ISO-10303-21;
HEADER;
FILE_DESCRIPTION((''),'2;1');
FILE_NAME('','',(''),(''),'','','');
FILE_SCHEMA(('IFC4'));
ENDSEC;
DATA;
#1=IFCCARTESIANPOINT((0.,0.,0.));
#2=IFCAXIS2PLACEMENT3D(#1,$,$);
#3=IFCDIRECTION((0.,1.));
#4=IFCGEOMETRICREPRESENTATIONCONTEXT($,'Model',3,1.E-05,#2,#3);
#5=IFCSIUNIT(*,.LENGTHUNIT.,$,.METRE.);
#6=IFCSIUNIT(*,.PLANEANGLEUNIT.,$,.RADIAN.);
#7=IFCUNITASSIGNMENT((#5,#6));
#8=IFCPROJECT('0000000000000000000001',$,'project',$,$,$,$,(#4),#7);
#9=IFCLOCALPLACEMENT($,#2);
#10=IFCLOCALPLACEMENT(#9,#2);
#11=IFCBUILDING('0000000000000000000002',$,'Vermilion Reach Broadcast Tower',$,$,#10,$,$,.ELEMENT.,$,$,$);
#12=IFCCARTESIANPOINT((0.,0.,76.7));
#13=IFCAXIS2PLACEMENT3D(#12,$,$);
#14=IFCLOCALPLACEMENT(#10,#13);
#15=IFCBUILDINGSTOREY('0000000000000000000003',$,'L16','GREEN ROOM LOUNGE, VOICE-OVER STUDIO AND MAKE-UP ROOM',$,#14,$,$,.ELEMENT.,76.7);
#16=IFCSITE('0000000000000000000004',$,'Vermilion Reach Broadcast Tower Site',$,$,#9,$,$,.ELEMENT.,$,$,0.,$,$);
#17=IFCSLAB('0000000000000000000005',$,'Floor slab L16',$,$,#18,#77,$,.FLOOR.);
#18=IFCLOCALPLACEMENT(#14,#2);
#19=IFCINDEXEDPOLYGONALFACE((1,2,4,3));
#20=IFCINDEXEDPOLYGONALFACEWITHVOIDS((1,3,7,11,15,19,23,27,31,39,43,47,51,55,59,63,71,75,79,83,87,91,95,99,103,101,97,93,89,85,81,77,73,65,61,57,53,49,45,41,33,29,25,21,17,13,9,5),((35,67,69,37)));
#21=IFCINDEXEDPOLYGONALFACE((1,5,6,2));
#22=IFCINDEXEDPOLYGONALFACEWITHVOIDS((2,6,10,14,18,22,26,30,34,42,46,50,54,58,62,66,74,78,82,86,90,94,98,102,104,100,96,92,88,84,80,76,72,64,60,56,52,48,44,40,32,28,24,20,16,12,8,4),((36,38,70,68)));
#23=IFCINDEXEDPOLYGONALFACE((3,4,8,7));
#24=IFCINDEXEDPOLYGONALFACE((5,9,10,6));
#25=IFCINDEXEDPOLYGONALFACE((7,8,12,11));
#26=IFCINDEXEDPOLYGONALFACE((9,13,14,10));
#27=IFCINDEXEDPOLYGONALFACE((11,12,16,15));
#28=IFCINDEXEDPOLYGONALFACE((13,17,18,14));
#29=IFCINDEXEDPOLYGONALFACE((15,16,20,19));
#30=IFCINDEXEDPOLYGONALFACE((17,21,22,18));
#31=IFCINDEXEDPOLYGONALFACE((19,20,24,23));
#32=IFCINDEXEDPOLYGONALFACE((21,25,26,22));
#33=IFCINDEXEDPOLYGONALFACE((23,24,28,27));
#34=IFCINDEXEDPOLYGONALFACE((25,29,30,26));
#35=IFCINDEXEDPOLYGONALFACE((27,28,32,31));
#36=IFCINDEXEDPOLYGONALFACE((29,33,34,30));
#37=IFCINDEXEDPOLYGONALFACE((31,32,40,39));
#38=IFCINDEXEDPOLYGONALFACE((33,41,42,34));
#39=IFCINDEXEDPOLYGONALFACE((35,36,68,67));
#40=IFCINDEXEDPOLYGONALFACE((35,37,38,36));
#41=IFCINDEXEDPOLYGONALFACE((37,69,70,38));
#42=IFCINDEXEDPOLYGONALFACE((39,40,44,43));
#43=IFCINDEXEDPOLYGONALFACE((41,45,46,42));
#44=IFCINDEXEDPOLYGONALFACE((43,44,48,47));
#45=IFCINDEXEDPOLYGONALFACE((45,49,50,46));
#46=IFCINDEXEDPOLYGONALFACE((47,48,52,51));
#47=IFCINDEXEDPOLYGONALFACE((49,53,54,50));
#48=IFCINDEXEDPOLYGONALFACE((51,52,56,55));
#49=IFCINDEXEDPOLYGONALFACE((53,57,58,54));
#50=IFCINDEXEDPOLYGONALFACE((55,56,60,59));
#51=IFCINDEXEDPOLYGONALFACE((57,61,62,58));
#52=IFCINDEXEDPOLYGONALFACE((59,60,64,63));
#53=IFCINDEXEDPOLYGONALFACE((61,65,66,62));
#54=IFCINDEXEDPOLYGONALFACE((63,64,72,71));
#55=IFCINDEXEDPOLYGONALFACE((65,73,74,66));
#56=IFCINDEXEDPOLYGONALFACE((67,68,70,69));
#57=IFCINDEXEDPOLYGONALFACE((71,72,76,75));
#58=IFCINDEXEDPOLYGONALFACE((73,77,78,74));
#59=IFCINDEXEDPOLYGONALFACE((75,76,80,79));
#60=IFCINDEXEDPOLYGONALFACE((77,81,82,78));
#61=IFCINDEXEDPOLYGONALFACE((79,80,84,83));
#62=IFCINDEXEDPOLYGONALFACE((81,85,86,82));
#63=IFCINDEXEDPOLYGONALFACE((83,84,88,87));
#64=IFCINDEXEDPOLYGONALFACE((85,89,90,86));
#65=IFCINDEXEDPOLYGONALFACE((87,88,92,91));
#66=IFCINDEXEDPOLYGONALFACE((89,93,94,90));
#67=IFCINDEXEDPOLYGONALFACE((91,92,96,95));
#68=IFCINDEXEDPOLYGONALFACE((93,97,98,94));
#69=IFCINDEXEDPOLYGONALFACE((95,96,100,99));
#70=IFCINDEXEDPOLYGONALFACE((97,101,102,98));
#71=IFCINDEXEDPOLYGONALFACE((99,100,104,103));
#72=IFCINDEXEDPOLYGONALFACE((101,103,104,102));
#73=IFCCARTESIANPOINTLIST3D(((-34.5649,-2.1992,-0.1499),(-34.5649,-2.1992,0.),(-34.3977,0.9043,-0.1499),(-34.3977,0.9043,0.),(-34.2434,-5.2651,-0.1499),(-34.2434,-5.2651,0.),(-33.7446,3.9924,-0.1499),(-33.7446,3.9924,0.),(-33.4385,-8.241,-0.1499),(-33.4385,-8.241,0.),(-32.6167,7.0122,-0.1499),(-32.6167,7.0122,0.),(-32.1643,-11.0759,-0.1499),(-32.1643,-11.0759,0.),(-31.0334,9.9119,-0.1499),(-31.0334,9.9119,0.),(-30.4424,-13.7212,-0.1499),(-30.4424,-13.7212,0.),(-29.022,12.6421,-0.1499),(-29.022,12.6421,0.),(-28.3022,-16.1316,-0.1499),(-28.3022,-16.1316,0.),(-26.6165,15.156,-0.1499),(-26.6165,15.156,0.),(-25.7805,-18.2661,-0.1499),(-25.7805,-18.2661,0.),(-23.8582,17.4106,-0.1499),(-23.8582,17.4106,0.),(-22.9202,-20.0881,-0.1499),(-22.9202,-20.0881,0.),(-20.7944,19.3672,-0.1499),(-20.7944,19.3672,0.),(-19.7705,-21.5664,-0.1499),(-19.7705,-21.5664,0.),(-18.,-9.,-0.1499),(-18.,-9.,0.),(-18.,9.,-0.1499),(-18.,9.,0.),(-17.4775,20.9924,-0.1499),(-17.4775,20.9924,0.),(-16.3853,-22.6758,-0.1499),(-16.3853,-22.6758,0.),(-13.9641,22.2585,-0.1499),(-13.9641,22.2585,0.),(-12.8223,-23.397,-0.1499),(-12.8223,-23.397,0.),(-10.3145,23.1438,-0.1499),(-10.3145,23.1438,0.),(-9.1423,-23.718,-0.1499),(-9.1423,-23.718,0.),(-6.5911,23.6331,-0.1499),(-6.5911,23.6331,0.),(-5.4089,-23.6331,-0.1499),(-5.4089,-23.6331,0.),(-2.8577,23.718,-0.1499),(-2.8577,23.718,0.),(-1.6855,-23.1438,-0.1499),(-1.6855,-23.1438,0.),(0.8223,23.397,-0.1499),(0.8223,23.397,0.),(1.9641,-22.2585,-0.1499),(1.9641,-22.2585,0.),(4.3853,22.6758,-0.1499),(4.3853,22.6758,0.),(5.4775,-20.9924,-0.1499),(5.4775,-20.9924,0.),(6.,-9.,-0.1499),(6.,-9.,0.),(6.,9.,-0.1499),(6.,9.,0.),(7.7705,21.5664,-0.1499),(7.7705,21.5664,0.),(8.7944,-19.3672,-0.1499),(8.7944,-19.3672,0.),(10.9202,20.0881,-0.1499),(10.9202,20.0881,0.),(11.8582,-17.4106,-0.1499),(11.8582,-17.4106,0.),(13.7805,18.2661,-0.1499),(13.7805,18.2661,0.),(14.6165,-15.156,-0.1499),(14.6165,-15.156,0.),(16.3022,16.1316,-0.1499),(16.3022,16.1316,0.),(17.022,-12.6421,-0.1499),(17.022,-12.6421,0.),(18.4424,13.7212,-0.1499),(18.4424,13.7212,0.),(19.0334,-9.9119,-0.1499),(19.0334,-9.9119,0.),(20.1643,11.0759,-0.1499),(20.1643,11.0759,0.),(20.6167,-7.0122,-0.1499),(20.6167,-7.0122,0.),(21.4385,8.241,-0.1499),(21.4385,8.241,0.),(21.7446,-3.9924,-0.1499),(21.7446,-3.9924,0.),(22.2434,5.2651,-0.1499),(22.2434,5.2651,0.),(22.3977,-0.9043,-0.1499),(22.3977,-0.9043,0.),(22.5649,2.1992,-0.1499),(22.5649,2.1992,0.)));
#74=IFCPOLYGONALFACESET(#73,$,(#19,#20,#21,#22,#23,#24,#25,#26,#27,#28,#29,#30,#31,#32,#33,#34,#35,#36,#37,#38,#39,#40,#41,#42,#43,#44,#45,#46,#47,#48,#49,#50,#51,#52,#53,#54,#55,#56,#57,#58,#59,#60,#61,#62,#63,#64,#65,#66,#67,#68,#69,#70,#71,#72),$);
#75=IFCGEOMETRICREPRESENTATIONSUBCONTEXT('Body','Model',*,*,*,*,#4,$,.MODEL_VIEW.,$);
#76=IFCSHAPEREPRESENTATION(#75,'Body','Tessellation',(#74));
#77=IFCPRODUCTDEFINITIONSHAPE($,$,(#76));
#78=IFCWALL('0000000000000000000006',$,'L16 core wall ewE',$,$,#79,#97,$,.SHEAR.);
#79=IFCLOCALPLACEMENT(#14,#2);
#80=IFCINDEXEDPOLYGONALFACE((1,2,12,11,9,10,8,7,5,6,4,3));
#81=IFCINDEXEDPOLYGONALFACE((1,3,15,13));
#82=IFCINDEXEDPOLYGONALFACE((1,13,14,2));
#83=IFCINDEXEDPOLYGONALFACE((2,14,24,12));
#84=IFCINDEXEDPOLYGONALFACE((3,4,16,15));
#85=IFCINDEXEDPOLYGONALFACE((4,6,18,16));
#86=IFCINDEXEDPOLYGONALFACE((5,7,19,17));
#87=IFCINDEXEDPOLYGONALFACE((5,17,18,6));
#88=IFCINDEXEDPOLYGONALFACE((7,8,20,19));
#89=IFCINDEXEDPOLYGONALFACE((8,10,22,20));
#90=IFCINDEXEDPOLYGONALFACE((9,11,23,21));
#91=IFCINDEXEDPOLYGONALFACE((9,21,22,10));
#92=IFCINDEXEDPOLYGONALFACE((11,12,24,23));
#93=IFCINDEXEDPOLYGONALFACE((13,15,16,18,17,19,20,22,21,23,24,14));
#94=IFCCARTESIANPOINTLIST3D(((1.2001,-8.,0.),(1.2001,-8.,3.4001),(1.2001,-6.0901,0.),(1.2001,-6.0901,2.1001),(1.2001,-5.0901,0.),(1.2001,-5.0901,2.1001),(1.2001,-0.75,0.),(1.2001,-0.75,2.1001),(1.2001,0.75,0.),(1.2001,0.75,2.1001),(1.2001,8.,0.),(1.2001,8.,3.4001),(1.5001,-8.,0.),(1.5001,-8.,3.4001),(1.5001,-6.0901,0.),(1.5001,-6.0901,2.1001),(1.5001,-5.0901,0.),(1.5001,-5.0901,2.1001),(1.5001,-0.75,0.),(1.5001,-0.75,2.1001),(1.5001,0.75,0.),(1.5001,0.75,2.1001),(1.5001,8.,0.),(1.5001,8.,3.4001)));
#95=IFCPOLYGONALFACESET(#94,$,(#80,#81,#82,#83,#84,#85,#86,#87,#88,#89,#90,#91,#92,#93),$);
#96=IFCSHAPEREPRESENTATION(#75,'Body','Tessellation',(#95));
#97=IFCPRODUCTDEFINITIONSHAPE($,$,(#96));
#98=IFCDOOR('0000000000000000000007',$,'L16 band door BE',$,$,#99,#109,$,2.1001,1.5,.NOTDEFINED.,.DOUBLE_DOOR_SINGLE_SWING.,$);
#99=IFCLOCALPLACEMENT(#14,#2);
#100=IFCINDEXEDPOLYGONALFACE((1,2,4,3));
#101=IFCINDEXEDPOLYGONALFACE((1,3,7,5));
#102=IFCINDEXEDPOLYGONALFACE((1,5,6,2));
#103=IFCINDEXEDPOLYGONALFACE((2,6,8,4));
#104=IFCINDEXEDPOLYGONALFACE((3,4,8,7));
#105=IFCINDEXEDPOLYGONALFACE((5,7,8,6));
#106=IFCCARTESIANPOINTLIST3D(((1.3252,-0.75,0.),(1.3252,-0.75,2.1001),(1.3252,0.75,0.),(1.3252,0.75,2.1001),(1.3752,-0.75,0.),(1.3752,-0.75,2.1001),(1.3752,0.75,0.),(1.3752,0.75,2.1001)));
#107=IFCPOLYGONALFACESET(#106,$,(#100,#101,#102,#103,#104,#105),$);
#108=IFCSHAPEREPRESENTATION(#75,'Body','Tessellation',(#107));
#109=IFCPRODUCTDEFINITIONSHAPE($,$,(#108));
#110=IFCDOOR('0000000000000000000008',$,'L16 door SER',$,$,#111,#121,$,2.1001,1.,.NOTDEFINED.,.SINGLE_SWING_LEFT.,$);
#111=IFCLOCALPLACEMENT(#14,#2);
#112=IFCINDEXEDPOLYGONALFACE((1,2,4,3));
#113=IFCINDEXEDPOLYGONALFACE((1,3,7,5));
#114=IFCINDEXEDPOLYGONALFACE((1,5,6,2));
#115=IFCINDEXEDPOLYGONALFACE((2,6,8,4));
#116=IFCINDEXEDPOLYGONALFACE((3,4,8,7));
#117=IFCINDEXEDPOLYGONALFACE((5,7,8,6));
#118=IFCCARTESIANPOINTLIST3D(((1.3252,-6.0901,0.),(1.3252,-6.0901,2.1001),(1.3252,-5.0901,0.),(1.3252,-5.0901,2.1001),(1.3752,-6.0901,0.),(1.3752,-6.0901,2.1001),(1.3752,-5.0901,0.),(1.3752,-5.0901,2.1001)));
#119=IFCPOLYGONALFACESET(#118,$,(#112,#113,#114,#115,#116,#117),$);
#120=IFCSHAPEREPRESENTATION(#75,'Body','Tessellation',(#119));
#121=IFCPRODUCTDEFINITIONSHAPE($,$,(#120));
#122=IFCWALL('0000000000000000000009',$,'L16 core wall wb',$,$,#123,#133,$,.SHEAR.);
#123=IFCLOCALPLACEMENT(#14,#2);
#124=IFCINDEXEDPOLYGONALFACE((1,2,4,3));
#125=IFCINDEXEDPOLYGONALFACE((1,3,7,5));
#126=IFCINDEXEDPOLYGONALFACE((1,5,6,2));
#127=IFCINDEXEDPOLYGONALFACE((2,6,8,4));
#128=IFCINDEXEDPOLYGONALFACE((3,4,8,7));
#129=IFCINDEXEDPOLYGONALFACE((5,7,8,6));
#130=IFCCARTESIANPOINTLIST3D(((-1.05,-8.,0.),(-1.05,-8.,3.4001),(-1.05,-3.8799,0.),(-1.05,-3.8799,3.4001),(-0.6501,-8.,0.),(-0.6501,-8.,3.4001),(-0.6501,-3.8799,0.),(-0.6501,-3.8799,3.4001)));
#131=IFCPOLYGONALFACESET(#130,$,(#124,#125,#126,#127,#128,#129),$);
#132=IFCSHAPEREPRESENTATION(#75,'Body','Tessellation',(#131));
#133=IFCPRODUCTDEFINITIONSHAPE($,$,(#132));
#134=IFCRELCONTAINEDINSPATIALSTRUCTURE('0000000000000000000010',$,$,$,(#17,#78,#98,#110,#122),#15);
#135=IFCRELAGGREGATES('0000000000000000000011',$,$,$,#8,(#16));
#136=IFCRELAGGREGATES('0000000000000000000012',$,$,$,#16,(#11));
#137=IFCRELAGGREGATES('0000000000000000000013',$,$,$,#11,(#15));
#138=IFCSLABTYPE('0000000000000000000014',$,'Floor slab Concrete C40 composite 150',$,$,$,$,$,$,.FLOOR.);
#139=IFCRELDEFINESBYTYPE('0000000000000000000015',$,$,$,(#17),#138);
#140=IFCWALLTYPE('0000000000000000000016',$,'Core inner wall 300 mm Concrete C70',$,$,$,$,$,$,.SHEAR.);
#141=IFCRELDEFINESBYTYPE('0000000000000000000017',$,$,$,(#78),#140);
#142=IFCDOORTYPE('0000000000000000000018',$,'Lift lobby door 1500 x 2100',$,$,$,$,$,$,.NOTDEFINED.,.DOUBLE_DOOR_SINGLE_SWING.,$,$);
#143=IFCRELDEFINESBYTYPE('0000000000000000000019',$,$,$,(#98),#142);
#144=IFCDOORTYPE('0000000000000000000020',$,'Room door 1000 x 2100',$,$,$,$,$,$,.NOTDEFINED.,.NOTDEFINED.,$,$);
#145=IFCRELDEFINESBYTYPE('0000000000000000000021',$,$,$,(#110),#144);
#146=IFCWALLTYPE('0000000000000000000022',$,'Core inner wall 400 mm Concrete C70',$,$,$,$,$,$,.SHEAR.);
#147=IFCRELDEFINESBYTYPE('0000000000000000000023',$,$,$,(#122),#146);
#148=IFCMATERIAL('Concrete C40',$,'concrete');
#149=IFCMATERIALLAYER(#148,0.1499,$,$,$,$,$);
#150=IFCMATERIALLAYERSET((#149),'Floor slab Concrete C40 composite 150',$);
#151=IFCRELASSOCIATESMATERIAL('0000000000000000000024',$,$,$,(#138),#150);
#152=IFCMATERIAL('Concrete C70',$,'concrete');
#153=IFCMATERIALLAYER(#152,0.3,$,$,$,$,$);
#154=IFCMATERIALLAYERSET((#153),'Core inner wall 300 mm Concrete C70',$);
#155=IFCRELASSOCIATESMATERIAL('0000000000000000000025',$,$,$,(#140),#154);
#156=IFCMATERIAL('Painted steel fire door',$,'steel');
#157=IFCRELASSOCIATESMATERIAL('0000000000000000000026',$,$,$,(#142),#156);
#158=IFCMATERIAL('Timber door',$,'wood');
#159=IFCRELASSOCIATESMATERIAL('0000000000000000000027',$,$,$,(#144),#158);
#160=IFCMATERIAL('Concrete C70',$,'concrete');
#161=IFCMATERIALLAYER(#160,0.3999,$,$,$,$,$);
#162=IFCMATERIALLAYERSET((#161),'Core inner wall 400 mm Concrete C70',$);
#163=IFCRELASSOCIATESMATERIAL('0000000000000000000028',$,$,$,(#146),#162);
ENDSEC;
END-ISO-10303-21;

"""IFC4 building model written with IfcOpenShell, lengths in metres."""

from ifc_helpers import new_model, si_unit, direction, frame, frame_2d, origin, place, context, subcontext, project, spatial, polyline, rectangle, outline, extrude, material, layer, layer_set, type_object, element, fill, save


model = new_model("IFC4")

# Units and contexts
model_context = context("Model", 3, precision=1e-05, world=origin(), true_north=direction((0.0, 1.0)))
body_context = subcontext(model_context, "Body", "Model", "MODEL_VIEW")
ifc_project = project(units=[si_unit("LENGTHUNIT", "METRE"), si_unit("PLANEANGLEUNIT", "RADIAN")], contexts=[model_context])

# Site, building, storey
site_placement = place(None, origin())
site = spatial("IfcSite", under=ifc_project, at=site_placement, Name="Vermilion Reach Broadcast Tower Site", CompositionType="ELEMENT", RefElevation=0.0)
building_placement = place(site_placement, origin())
building = spatial("IfcBuilding", under=site, at=building_placement, Name="Vermilion Reach Broadcast Tower", CompositionType="ELEMENT")
storey_placement = place(building_placement, frame((0.0, 0.0, 76.7)))
storey = spatial("IfcBuildingStorey", under=building, at=storey_placement, Name="L16", Description="GREEN ROOM LOUNGE, VOICE-OVER STUDIO AND MAKE-UP ROOM", CompositionType="ELEMENT", Elevation=76.7)

# Slab
ifc_material_1 = material(Name="Concrete C40", Category="concrete")
ifc_layer_1 = layer(ifc_material_1, 0.1499)
ifc_layer_set_1 = layer_set([ifc_layer_1], Name="Floor slab Concrete C40 composite 150")
slab_type_1 = type_object("IfcSlabType", Name="Floor slab Concrete C40 composite 150", PredefinedType="FLOOR", material=ifc_layer_set_1)
slab_1_placement = place(storey_placement, frame((0.0, 0.0, -0.1499)))
element("IfcSlab", 1, at=slab_1_placement, inside=storey, type_object=slab_type_1, Name="Floor slab L16", PredefinedType="FLOOR", context=body_context, shape_type="SweptSolid", body=[
    extrude(outline(polyline([(22.2434, 5.2651), (21.4385, 8.241), (20.1643, 11.0759), (18.4424, 13.7212), (16.3022, 16.1316), (13.7805, 18.2661), (10.9202, 20.0881), (7.7705, 21.5664), (4.3853, 22.6758), (0.8223, 23.397), (-2.8577, 23.718), (-6.5911, 23.6331), (-10.3145, 23.1438), (-13.9641, 22.2585), (-17.4775, 20.9924), (-20.7944, 19.3672), (-23.8582, 17.4106), (-26.6165, 15.156), (-29.022, 12.6421), (-31.0334, 9.9119), (-32.6167, 7.0122), (-33.7446, 3.9924), (-34.3977, 0.9043), (-34.5649, -2.1992), (-34.2434, -5.2651), (-33.4385, -8.241), (-32.1643, -11.0759), (-30.4424, -13.7212), (-28.3022, -16.1316), (-25.7805, -18.2661), (-22.9202, -20.0881), (-19.7705, -21.5664), (-16.3853, -22.6758), (-12.8223, -23.397), (-9.1423, -23.718), (-5.4089, -23.6331), (-1.6855, -23.1438), (1.9641, -22.2585), (5.4775, -20.9924), (8.7944, -19.3672), (11.8582, -17.4106), (14.6165, -15.156), (17.022, -12.6421), (19.0334, -9.9119), (20.6167, -7.0122), (21.7446, -3.9924), (22.3977, -0.9043), (22.5649, 2.1992), (22.2434, 5.2651)]), holes=[polyline([(-18.0, -9.0), (6.0, -9.0), (6.0, 9.0), (-18.0, 9.0), (-18.0, -9.0)])]), origin(), (0.0, 0.0, 1.0), 0.1499),
])

# Wall, openings, doors
ifc_material_2 = material(Name="Concrete C70", Category="concrete")
ifc_layer_2 = layer(ifc_material_2, 0.3)
ifc_layer_set_2 = layer_set([ifc_layer_2], Name="Core inner wall 300 mm Concrete C70")
wall_type_1 = type_object("IfcWallType", Name="Core inner wall 300 mm Concrete C70", PredefinedType="SHEAR", material=ifc_layer_set_2)
wall_1_placement = place(storey_placement, frame((1.3501, -8.0, 0.0), z_axis=(0.0, 0.0, 1.0), x_axis=(0.0, 1.0, 0.0)))
wall_1 = element("IfcWall", 2, at=wall_1_placement, inside=storey, type_object=wall_type_1, Name="L16 core wall ewE", PredefinedType="SHEAR", context=body_context, shape_type="SweptSolid", body=[
    extrude(rectangle(XDim=16.0, YDim=0.3, at=frame_2d((8.0, 0.0))), origin(), (0.0, 0.0, 1.0), 3.4001),
])
opening_1_placement = place(wall_1_placement, frame((1.9099, 0.0, 0.0)))
opening_1 = element("IfcOpeningElement", 3, at=opening_1_placement, cuts=wall_1, PredefinedType="OPENING", context=body_context, shape_type="SweptSolid", body=[
    extrude(rectangle(XDim=1.0, YDim=2.1001, at=frame_2d((0.5, 1.05))), frame((0.0, 0.1599, 0.0), z_axis=(0.0, -1.0, 0.0), x_axis=(1.0, 0.0, 0.0)), (0.0, 0.0, 1.0), 0.3201),
])
opening_2_placement = place(wall_1_placement, frame((7.25, 0.0, 0.0)))
opening_2 = element("IfcOpeningElement", 4, at=opening_2_placement, cuts=wall_1, PredefinedType="OPENING", context=body_context, shape_type="SweptSolid", body=[
    extrude(rectangle(XDim=1.5, YDim=2.1001, at=frame_2d((0.75, 1.05))), frame((0.0, 0.1599, 0.0), z_axis=(0.0, -1.0, 0.0), x_axis=(1.0, 0.0, 0.0)), (0.0, 0.0, 1.0), 0.3201),
])
ifc_material_3 = material(Name="Painted steel fire door", Category="steel")
door_type_1 = type_object("IfcDoorType", Name="Lift lobby door 1500 x 2100", OperationType="DOUBLE_DOOR_SINGLE_SWING", PredefinedType="NOTDEFINED", material=ifc_material_3)
door_1_placement = place(opening_2_placement, origin())
door_1 = element("IfcDoor", 5, at=door_1_placement, inside=storey, type_object=door_type_1, Name="L16 band door BE", OperationType="DOUBLE_DOOR_SINGLE_SWING", OverallHeight=2.1001, OverallWidth=1.5, PredefinedType="NOTDEFINED", context=body_context, shape_type="SweptSolid", body=[
    extrude(rectangle(XDim=1.5, YDim=2.1001, at=frame_2d((0.75, 1.05))), frame((0.0, 0.0249, 0.0), z_axis=(0.0, -1.0, 0.0), x_axis=(1.0, 0.0, 0.0)), (0.0, 0.0, 1.0), 0.05),
])
fill(opening_2, door_1)
ifc_material_4 = material(Name="Timber door", Category="wood")
door_type_2 = type_object("IfcDoorType", Name="Room door 1000 x 2100", OperationType="NOTDEFINED", PredefinedType="NOTDEFINED", material=ifc_material_4)
door_2_placement = place(opening_1_placement, origin())
door_2 = element("IfcDoor", 6, at=door_2_placement, inside=storey, type_object=door_type_2, Name="L16 door SER", OperationType="SINGLE_SWING_LEFT", OverallHeight=2.1001, OverallWidth=1.0, PredefinedType="NOTDEFINED", context=body_context, shape_type="SweptSolid", body=[
    extrude(rectangle(XDim=1.0, YDim=2.1001, at=frame_2d((0.5, 1.05))), frame((0.0, 0.0249, 0.0), z_axis=(0.0, -1.0, 0.0), x_axis=(1.0, 0.0, 0.0)), (0.0, 0.0, 1.0), 0.05),
])
fill(opening_1, door_2)

# Wall
ifc_material_5 = material(Name="Concrete C70", Category="concrete")
ifc_layer_3 = layer(ifc_material_5, 0.3999)
ifc_layer_set_3 = layer_set([ifc_layer_3], Name="Core inner wall 400 mm Concrete C70")
wall_type_2 = type_object("IfcWallType", Name="Core inner wall 400 mm Concrete C70", PredefinedType="SHEAR", material=ifc_layer_set_3)
wall_2_placement = place(storey_placement, frame((-0.8501, -3.8799, 0.0), z_axis=(0.0, 0.0, 1.0), x_axis=(0.0, -1.0, 0.0)))
element("IfcWall", 7, at=wall_2_placement, inside=storey, type_object=wall_type_2, Name="L16 core wall wb", PredefinedType="SHEAR", context=body_context, shape_type="SweptSolid", body=[
    extrude(rectangle(XDim=4.1201, YDim=0.3999, at=frame_2d((2.0601, 0.0))), origin(), (0.0, 0.0, 1.0), 3.4001),
])

save(model, "model.ifc")
